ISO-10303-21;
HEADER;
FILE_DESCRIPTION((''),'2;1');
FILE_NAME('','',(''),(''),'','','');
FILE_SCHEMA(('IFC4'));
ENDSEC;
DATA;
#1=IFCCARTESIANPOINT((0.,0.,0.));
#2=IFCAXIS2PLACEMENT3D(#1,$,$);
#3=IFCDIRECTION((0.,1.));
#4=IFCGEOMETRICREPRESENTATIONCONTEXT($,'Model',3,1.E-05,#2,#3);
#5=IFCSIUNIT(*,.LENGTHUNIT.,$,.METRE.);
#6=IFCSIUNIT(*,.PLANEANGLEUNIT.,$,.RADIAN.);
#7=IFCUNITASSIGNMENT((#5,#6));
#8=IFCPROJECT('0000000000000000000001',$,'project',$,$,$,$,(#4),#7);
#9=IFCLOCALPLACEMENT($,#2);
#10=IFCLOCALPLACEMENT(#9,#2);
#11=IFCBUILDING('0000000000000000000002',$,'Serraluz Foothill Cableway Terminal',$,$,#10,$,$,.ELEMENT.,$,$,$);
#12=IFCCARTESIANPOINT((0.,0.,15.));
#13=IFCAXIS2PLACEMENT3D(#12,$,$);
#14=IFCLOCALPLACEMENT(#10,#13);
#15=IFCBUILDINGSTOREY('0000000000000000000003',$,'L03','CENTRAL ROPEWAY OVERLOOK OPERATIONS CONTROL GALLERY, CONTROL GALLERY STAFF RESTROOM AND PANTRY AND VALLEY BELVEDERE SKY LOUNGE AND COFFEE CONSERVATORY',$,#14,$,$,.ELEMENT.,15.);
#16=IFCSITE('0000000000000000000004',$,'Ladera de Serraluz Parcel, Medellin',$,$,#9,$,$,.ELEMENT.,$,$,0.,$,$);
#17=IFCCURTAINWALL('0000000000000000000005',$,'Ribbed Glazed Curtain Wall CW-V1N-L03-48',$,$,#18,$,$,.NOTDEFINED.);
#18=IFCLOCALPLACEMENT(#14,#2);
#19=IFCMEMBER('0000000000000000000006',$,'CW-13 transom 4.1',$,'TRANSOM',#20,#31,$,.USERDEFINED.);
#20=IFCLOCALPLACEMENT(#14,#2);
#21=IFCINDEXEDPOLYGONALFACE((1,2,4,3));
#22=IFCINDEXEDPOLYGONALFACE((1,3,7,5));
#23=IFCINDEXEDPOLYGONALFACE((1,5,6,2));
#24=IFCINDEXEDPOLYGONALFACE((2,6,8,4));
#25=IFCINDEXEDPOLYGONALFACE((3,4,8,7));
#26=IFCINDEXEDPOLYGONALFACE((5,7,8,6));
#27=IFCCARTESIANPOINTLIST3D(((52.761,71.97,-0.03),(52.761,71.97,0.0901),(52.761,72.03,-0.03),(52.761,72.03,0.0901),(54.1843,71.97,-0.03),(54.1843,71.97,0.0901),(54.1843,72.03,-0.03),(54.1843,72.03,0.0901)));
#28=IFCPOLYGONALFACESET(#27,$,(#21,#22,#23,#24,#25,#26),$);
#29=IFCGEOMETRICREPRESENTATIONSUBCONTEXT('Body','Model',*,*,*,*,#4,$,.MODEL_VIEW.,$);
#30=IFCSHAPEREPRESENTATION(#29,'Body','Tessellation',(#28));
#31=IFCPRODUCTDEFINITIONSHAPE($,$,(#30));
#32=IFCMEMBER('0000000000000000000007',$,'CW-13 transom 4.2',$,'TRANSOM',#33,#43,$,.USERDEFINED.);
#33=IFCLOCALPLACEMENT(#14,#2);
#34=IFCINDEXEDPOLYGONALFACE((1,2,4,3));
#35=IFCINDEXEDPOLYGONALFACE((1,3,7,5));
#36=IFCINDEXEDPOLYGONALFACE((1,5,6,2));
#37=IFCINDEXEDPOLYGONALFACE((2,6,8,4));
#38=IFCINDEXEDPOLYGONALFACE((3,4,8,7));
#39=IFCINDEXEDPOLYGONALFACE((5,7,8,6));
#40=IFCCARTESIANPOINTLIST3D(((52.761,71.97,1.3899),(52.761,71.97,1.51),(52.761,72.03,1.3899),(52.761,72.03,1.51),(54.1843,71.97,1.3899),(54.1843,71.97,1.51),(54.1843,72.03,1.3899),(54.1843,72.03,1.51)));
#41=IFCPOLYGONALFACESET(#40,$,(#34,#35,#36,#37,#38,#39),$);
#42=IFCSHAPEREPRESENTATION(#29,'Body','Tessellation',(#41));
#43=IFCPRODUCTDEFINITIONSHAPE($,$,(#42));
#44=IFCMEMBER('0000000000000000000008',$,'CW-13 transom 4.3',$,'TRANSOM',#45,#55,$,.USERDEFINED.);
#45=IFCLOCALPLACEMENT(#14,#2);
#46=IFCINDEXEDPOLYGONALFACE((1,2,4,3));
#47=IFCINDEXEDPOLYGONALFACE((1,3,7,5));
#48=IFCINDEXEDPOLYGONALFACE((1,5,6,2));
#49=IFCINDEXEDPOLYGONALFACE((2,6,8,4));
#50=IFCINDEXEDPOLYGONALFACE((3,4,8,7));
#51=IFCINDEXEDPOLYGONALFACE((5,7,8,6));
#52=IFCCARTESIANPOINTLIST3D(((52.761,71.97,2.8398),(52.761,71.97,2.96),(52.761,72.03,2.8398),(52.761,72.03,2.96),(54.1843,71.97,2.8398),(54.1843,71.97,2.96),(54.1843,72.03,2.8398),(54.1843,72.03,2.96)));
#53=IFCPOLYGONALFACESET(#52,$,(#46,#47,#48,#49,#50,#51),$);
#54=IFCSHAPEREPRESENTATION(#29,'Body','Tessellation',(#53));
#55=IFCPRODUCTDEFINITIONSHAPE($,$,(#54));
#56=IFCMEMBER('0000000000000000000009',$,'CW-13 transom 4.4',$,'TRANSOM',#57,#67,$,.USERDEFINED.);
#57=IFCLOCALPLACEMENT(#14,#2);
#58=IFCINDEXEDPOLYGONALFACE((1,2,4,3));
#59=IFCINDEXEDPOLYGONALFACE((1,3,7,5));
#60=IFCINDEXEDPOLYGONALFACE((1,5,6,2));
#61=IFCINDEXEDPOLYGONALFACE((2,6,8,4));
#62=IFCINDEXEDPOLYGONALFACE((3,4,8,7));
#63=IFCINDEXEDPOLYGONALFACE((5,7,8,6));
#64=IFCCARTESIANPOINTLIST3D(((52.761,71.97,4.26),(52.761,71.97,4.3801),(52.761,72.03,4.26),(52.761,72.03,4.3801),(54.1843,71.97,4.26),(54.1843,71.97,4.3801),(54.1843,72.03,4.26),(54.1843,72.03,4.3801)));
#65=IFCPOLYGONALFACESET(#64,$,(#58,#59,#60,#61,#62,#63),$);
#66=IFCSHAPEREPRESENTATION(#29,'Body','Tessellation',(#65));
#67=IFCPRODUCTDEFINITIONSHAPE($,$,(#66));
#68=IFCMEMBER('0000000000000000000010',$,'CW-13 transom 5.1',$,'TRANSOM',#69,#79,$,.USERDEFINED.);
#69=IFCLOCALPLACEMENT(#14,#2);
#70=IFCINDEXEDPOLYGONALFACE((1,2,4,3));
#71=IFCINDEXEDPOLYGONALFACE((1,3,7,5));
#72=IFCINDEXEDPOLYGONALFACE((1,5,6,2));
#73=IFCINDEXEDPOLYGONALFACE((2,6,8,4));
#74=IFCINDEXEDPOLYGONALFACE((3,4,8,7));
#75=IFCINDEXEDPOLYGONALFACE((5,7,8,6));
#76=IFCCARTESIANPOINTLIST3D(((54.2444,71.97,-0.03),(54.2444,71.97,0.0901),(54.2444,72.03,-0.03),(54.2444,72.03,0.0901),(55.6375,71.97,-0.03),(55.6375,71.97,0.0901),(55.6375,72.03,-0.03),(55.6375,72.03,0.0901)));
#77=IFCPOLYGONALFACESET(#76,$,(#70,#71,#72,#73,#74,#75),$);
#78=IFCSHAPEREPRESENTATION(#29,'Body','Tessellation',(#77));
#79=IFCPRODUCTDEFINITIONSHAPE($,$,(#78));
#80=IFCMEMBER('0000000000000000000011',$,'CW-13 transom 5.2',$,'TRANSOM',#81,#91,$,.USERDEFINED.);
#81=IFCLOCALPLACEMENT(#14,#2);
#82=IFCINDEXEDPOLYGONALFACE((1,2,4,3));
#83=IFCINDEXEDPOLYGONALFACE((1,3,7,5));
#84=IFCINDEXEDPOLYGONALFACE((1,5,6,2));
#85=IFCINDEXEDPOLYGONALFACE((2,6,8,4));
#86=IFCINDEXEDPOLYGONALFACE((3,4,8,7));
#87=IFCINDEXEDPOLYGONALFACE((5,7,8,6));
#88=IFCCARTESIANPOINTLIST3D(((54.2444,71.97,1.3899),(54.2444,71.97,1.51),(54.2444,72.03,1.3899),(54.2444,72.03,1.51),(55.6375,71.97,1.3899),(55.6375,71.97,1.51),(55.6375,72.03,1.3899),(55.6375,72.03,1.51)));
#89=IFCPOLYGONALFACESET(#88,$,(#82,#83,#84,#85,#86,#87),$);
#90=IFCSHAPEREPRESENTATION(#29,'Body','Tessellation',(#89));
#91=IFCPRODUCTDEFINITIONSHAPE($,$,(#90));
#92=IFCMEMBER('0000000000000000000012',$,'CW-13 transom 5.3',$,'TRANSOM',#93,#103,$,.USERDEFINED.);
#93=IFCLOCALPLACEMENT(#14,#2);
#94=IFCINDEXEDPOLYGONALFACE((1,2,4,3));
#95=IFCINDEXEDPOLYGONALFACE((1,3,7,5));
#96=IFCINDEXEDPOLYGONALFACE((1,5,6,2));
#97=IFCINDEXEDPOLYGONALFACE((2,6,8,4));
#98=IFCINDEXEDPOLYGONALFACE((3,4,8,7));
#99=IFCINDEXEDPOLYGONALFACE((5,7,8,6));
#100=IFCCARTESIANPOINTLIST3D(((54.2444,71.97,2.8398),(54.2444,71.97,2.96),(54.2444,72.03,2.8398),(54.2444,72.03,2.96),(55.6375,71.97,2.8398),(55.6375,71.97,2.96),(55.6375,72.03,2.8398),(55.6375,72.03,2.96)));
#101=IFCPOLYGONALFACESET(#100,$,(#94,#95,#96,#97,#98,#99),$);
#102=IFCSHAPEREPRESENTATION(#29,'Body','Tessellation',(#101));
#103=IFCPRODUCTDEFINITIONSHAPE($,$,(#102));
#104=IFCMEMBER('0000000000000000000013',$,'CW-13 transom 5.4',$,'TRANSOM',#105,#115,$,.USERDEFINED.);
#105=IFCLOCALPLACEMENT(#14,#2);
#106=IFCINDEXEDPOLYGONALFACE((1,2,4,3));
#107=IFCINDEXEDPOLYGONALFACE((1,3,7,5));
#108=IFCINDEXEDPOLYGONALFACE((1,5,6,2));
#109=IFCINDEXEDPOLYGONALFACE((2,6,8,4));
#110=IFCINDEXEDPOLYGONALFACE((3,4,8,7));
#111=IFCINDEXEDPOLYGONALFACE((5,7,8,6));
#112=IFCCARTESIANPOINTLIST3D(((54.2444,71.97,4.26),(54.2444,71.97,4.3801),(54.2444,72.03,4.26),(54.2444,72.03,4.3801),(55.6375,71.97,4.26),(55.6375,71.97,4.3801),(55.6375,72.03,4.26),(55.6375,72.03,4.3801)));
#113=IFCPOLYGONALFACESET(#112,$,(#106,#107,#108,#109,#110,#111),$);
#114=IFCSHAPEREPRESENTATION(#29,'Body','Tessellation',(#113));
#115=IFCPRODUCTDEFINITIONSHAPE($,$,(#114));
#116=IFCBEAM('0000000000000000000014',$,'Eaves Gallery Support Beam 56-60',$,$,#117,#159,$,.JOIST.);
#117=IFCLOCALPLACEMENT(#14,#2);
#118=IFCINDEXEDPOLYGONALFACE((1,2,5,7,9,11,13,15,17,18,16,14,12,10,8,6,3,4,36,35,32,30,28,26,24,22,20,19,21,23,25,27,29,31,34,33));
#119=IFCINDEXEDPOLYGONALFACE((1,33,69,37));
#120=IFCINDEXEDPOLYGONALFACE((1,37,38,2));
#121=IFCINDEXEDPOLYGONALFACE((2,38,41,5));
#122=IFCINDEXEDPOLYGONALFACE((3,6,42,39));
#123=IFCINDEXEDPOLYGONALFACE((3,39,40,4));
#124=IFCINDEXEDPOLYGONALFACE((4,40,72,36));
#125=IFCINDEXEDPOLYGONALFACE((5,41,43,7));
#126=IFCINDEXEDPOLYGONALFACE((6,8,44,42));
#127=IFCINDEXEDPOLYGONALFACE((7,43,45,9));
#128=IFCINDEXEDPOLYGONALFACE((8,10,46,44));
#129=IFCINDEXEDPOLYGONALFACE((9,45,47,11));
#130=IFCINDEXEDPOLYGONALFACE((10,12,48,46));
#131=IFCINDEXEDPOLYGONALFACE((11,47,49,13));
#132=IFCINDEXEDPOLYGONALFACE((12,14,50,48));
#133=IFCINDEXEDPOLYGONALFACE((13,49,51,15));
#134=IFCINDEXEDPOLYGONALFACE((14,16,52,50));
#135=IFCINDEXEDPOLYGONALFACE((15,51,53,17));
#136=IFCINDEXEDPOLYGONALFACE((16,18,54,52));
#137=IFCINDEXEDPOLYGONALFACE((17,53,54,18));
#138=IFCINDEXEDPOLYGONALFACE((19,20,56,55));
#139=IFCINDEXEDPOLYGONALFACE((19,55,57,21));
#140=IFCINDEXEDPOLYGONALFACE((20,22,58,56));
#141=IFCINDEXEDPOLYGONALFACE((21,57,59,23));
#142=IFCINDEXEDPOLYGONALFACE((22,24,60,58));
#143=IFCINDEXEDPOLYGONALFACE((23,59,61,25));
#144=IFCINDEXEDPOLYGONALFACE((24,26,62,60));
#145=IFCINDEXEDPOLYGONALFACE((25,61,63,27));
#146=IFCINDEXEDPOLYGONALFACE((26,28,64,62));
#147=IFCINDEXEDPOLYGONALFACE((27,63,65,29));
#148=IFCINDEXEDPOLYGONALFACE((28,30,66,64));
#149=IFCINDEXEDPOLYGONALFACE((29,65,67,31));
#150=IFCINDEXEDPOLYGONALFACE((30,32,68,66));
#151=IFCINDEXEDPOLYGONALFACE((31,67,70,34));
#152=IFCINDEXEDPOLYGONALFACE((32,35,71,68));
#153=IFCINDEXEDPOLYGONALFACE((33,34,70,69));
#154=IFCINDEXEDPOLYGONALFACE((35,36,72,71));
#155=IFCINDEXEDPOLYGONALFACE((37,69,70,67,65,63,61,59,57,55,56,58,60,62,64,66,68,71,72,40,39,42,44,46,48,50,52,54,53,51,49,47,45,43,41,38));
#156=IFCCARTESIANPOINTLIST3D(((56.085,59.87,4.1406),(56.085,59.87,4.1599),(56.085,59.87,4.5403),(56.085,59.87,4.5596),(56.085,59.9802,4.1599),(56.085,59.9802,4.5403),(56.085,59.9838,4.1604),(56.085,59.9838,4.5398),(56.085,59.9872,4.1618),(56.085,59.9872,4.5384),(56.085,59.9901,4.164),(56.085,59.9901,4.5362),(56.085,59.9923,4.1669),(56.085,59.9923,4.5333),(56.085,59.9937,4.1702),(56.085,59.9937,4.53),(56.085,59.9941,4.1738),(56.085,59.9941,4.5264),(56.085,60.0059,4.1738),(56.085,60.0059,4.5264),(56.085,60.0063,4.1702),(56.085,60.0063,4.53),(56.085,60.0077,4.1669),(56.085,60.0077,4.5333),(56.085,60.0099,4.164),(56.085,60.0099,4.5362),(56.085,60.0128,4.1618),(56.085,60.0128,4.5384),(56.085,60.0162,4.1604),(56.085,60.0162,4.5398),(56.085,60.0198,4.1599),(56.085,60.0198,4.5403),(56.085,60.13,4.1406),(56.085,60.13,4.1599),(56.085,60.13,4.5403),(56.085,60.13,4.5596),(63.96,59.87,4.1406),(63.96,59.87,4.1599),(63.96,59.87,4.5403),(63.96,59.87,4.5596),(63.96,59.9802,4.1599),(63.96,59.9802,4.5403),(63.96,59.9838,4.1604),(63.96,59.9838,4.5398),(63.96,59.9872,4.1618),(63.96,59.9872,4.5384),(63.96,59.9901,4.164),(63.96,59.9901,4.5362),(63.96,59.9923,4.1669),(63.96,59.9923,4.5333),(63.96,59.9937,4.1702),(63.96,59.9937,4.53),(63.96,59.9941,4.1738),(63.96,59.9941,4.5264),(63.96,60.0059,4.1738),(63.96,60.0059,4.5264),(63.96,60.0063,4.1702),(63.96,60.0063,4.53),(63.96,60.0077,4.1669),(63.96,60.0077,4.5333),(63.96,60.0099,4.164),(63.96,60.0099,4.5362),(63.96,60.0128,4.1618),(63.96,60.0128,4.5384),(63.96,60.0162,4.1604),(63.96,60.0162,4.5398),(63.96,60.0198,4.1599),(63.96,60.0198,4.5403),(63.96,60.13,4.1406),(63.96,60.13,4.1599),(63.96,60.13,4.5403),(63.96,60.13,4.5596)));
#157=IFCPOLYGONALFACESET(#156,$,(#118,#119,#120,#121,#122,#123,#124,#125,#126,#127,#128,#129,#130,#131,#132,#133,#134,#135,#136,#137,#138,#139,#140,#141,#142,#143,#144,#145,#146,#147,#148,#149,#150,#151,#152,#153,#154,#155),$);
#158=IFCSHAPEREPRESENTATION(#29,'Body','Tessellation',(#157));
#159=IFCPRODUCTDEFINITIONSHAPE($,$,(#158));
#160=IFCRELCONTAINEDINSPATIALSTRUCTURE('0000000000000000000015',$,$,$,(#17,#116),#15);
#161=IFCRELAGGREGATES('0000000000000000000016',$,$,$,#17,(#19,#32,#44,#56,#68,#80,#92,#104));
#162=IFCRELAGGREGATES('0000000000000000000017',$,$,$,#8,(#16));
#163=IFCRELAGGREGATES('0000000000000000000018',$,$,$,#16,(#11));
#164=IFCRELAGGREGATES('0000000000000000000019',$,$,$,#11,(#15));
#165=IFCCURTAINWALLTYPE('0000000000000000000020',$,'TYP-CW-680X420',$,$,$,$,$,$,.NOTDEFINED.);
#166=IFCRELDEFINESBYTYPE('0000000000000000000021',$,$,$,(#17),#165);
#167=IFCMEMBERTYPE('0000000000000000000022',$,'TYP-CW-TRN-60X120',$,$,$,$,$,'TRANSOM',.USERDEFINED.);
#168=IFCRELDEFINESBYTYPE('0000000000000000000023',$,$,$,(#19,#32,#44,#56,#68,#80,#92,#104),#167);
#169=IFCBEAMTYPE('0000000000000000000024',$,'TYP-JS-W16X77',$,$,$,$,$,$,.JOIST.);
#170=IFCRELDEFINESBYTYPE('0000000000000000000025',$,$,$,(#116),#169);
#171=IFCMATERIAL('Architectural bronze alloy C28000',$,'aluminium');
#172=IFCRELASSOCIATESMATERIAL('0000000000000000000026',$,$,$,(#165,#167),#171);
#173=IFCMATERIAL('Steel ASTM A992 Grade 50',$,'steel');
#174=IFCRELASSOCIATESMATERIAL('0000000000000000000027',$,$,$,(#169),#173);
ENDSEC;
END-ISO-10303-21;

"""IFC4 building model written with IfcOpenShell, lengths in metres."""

from ifc_helpers import new_model, si_unit, direction, frame, origin, origin_2d, place, context, subcontext, project, spatial, rectangle, i_section, extrude, material, material_profile, profile_set, type_object, element, aggregate, save


model = new_model("IFC4")

# Units and contexts
model_context = context("Model", 3, precision=1e-05, world=origin(), true_north=direction((0.0, 1.0)))
body_context = subcontext(model_context, "Body", "Model", "MODEL_VIEW")
ifc_project = project(units=[si_unit("LENGTHUNIT", "METRE"), si_unit("PLANEANGLEUNIT", "RADIAN")], contexts=[model_context])

# Site, building, storey
site_placement = place(None, origin())
site = spatial("IfcSite", under=ifc_project, at=site_placement, Name="Ladera de Serraluz Parcel, Medellin", CompositionType="ELEMENT", RefElevation=0.0)
building_placement = place(site_placement, origin())
building = spatial("IfcBuilding", under=site, at=building_placement, Name="Serraluz Foothill Cableway Terminal", CompositionType="ELEMENT")
storey_placement = place(building_placement, frame((0.0, 0.0, 15.0)))
storey = spatial("IfcBuildingStorey", under=building, at=storey_placement, Name="L03", Description="CENTRAL ROPEWAY OVERLOOK OPERATIONS CONTROL GALLERY, CONTROL GALLERY STAFF RESTROOM AND PANTRY AND VALLEY BELVEDERE SKY LOUNGE AND COFFEE CONSERVATORY", CompositionType="ELEMENT", Elevation=15.0)

# Curtain wall, members
ifc_material_1 = material(Name="Architectural bronze alloy C28000", Category="aluminium")
curtain_wall_type = type_object("IfcCurtainWallType", Name="TYP-CW-680X420", PredefinedType="NOTDEFINED", material=ifc_material_1)
curtain_wall_placement = place(storey_placement, origin())
curtain_wall = element("IfcCurtainWall", 1, at=curtain_wall_placement, inside=storey, type_object=curtain_wall_type, Name="Ribbed Glazed Curtain Wall CW-V1N-L03-48", PredefinedType="NOTDEFINED")
ifc_material_profile_1 = material_profile(ifc_material_1, rectangle(XDim=0.0601, YDim=0.1201, at=origin_2d()), Name="ALU TRANSOM 60x120")
ifc_profile_set_1 = profile_set([ifc_material_profile_1], Name="Architectural bronze alloy C28000")
member_type_1 = type_object("IfcMemberType", Name="TYP-CW-TRN-60X120", ElementType="TRANSOM", PredefinedType="USERDEFINED", material=ifc_profile_set_1)
member_1_placement = place(storey_placement, frame((52.761, 72.0, 0.03), z_axis=(1.0, 0.0, 0.0), x_axis=(0.0, 1.0, 0.0)))
member_1 = element("IfcMember", 2, at=member_1_placement, type_object=member_type_1, Name="CW-13 transom 4.1", ObjectType="TRANSOM", PredefinedType="USERDEFINED", context=body_context, shape_type="SweptSolid", body=[
    extrude(rectangle(XDim=0.0601, YDim=0.1201, at=origin_2d()), origin(), (0.0, 0.0, 1.0), 1.4233),
])
member_2_placement = place(storey_placement, frame((52.761, 72.0, 1.45), z_axis=(1.0, 0.0, 0.0), x_axis=(0.0, 1.0, 0.0)))
member_2 = element("IfcMember", 3, at=member_2_placement, type_object=member_type_1, Name="CW-13 transom 4.2", ObjectType="TRANSOM", PredefinedType="USERDEFINED", context=body_context, shape_type="SweptSolid", body=[
    extrude(rectangle(XDim=0.0601, YDim=0.1201, at=origin_2d()), origin(), (0.0, 0.0, 1.0), 1.4233),
])
member_3_placement = place(storey_placement, frame((52.761, 72.0, 2.8999), z_axis=(1.0, 0.0, 0.0), x_axis=(0.0, 1.0, 0.0)))
member_3 = element("IfcMember", 4, at=member_3_placement, type_object=member_type_1, Name="CW-13 transom 4.3", ObjectType="TRANSOM", PredefinedType="USERDEFINED", context=body_context, shape_type="SweptSolid", body=[
    extrude(rectangle(XDim=0.0601, YDim=0.1201, at=origin_2d()), origin(), (0.0, 0.0, 1.0), 1.4233),
])
member_4_placement = place(storey_placement, frame((52.761, 72.0, 4.3201), z_axis=(1.0, 0.0, 0.0), x_axis=(0.0, 1.0, 0.0)))
member_4 = element("IfcMember", 5, at=member_4_placement, type_object=member_type_1, Name="CW-13 transom 4.4", ObjectType="TRANSOM", PredefinedType="USERDEFINED", context=body_context, shape_type="SweptSolid", body=[
    extrude(rectangle(XDim=0.0601, YDim=0.1201, at=origin_2d()), origin(), (0.0, 0.0, 1.0), 1.4233),
])
member_5_placement = place(storey_placement, frame((54.2444, 72.0, 0.03), z_axis=(1.0, 0.0, 0.0), x_axis=(0.0, 1.0, 0.0)))
member_5 = element("IfcMember", 6, at=member_5_placement, type_object=member_type_1, Name="CW-13 transom 5.1", ObjectType="TRANSOM", PredefinedType="USERDEFINED", context=body_context, shape_type="SweptSolid", body=[
    extrude(rectangle(XDim=0.0601, YDim=0.1201, at=origin_2d()), origin(), (0.0, 0.0, 1.0), 1.3931),
])
member_6_placement = place(storey_placement, frame((54.2444, 72.0, 1.45), z_axis=(1.0, 0.0, 0.0), x_axis=(0.0, 1.0, 0.0)))
member_6 = element("IfcMember", 7, at=member_6_placement, type_object=member_type_1, Name="CW-13 transom 5.2", ObjectType="TRANSOM", PredefinedType="USERDEFINED", context=body_context, shape_type="SweptSolid", body=[
    extrude(rectangle(XDim=0.0601, YDim=0.1201, at=origin_2d()), origin(), (0.0, 0.0, 1.0), 1.3931),
])
member_7_placement = place(storey_placement, frame((54.2444, 72.0, 2.8999), z_axis=(1.0, 0.0, 0.0), x_axis=(0.0, 1.0, 0.0)))
member_7 = element("IfcMember", 8, at=member_7_placement, type_object=member_type_1, Name="CW-13 transom 5.3", ObjectType="TRANSOM", PredefinedType="USERDEFINED", context=body_context, shape_type="SweptSolid", body=[
    extrude(rectangle(XDim=0.0601, YDim=0.1201, at=origin_2d()), origin(), (0.0, 0.0, 1.0), 1.3931),
])
member_8_placement = place(storey_placement, frame((54.2444, 72.0, 4.3201), z_axis=(1.0, 0.0, 0.0), x_axis=(0.0, 1.0, 0.0)))
member_8 = element("IfcMember", 9, at=member_8_placement, type_object=member_type_1, Name="CW-13 transom 5.4", ObjectType="TRANSOM", PredefinedType="USERDEFINED", context=body_context, shape_type="SweptSolid", body=[
    extrude(rectangle(XDim=0.0601, YDim=0.1201, at=origin_2d()), origin(), (0.0, 0.0, 1.0), 1.3931),
])

# Beam
ifc_material_2 = material(Name="Steel ASTM A992 Grade 50", Category="steel")
ifc_material_profile_2 = material_profile(ifc_material_2, i_section(OverallWidth=0.26, OverallDepth=0.4189, WebThickness=0.0117, FlangeThickness=0.0193, FilletRadius=0.0139, at=origin_2d()), Name="W16X77")
ifc_profile_set_2 = profile_set([ifc_material_profile_2], Name="Steel ASTM A992 Grade 50")
beam_type = type_object("IfcBeamType", Name="TYP-JS-W16X77", PredefinedType="JOIST", material=ifc_profile_set_2)
for number, where, z_axis, x_axis, name in (
    (10, (56.085, 60.0, 4.3501), (1.0, 0.0, 0.0), (0.0, 1.0, 0.0), "Eaves Gallery Support Beam 56-60"),
):
    element("IfcBeam", number, at=place(storey_placement, frame(where, z_axis=z_axis, x_axis=x_axis)), inside=storey, type_object=beam_type, Name=name, PredefinedType="JOIST", context=body_context, shape_type="SweptSolid", body=[
        extrude(i_section(OverallWidth=0.26, OverallDepth=0.4189, WebThickness=0.0117, FlangeThickness=0.0193, FilletRadius=0.0139, at=origin_2d()), origin(), (0.0, 0.0, 1.0), 7.875),
    ])

aggregate(curtain_wall, [member_1, member_2, member_3, member_4, member_5, member_6, member_7, member_8])

save(model, "model.ifc")
